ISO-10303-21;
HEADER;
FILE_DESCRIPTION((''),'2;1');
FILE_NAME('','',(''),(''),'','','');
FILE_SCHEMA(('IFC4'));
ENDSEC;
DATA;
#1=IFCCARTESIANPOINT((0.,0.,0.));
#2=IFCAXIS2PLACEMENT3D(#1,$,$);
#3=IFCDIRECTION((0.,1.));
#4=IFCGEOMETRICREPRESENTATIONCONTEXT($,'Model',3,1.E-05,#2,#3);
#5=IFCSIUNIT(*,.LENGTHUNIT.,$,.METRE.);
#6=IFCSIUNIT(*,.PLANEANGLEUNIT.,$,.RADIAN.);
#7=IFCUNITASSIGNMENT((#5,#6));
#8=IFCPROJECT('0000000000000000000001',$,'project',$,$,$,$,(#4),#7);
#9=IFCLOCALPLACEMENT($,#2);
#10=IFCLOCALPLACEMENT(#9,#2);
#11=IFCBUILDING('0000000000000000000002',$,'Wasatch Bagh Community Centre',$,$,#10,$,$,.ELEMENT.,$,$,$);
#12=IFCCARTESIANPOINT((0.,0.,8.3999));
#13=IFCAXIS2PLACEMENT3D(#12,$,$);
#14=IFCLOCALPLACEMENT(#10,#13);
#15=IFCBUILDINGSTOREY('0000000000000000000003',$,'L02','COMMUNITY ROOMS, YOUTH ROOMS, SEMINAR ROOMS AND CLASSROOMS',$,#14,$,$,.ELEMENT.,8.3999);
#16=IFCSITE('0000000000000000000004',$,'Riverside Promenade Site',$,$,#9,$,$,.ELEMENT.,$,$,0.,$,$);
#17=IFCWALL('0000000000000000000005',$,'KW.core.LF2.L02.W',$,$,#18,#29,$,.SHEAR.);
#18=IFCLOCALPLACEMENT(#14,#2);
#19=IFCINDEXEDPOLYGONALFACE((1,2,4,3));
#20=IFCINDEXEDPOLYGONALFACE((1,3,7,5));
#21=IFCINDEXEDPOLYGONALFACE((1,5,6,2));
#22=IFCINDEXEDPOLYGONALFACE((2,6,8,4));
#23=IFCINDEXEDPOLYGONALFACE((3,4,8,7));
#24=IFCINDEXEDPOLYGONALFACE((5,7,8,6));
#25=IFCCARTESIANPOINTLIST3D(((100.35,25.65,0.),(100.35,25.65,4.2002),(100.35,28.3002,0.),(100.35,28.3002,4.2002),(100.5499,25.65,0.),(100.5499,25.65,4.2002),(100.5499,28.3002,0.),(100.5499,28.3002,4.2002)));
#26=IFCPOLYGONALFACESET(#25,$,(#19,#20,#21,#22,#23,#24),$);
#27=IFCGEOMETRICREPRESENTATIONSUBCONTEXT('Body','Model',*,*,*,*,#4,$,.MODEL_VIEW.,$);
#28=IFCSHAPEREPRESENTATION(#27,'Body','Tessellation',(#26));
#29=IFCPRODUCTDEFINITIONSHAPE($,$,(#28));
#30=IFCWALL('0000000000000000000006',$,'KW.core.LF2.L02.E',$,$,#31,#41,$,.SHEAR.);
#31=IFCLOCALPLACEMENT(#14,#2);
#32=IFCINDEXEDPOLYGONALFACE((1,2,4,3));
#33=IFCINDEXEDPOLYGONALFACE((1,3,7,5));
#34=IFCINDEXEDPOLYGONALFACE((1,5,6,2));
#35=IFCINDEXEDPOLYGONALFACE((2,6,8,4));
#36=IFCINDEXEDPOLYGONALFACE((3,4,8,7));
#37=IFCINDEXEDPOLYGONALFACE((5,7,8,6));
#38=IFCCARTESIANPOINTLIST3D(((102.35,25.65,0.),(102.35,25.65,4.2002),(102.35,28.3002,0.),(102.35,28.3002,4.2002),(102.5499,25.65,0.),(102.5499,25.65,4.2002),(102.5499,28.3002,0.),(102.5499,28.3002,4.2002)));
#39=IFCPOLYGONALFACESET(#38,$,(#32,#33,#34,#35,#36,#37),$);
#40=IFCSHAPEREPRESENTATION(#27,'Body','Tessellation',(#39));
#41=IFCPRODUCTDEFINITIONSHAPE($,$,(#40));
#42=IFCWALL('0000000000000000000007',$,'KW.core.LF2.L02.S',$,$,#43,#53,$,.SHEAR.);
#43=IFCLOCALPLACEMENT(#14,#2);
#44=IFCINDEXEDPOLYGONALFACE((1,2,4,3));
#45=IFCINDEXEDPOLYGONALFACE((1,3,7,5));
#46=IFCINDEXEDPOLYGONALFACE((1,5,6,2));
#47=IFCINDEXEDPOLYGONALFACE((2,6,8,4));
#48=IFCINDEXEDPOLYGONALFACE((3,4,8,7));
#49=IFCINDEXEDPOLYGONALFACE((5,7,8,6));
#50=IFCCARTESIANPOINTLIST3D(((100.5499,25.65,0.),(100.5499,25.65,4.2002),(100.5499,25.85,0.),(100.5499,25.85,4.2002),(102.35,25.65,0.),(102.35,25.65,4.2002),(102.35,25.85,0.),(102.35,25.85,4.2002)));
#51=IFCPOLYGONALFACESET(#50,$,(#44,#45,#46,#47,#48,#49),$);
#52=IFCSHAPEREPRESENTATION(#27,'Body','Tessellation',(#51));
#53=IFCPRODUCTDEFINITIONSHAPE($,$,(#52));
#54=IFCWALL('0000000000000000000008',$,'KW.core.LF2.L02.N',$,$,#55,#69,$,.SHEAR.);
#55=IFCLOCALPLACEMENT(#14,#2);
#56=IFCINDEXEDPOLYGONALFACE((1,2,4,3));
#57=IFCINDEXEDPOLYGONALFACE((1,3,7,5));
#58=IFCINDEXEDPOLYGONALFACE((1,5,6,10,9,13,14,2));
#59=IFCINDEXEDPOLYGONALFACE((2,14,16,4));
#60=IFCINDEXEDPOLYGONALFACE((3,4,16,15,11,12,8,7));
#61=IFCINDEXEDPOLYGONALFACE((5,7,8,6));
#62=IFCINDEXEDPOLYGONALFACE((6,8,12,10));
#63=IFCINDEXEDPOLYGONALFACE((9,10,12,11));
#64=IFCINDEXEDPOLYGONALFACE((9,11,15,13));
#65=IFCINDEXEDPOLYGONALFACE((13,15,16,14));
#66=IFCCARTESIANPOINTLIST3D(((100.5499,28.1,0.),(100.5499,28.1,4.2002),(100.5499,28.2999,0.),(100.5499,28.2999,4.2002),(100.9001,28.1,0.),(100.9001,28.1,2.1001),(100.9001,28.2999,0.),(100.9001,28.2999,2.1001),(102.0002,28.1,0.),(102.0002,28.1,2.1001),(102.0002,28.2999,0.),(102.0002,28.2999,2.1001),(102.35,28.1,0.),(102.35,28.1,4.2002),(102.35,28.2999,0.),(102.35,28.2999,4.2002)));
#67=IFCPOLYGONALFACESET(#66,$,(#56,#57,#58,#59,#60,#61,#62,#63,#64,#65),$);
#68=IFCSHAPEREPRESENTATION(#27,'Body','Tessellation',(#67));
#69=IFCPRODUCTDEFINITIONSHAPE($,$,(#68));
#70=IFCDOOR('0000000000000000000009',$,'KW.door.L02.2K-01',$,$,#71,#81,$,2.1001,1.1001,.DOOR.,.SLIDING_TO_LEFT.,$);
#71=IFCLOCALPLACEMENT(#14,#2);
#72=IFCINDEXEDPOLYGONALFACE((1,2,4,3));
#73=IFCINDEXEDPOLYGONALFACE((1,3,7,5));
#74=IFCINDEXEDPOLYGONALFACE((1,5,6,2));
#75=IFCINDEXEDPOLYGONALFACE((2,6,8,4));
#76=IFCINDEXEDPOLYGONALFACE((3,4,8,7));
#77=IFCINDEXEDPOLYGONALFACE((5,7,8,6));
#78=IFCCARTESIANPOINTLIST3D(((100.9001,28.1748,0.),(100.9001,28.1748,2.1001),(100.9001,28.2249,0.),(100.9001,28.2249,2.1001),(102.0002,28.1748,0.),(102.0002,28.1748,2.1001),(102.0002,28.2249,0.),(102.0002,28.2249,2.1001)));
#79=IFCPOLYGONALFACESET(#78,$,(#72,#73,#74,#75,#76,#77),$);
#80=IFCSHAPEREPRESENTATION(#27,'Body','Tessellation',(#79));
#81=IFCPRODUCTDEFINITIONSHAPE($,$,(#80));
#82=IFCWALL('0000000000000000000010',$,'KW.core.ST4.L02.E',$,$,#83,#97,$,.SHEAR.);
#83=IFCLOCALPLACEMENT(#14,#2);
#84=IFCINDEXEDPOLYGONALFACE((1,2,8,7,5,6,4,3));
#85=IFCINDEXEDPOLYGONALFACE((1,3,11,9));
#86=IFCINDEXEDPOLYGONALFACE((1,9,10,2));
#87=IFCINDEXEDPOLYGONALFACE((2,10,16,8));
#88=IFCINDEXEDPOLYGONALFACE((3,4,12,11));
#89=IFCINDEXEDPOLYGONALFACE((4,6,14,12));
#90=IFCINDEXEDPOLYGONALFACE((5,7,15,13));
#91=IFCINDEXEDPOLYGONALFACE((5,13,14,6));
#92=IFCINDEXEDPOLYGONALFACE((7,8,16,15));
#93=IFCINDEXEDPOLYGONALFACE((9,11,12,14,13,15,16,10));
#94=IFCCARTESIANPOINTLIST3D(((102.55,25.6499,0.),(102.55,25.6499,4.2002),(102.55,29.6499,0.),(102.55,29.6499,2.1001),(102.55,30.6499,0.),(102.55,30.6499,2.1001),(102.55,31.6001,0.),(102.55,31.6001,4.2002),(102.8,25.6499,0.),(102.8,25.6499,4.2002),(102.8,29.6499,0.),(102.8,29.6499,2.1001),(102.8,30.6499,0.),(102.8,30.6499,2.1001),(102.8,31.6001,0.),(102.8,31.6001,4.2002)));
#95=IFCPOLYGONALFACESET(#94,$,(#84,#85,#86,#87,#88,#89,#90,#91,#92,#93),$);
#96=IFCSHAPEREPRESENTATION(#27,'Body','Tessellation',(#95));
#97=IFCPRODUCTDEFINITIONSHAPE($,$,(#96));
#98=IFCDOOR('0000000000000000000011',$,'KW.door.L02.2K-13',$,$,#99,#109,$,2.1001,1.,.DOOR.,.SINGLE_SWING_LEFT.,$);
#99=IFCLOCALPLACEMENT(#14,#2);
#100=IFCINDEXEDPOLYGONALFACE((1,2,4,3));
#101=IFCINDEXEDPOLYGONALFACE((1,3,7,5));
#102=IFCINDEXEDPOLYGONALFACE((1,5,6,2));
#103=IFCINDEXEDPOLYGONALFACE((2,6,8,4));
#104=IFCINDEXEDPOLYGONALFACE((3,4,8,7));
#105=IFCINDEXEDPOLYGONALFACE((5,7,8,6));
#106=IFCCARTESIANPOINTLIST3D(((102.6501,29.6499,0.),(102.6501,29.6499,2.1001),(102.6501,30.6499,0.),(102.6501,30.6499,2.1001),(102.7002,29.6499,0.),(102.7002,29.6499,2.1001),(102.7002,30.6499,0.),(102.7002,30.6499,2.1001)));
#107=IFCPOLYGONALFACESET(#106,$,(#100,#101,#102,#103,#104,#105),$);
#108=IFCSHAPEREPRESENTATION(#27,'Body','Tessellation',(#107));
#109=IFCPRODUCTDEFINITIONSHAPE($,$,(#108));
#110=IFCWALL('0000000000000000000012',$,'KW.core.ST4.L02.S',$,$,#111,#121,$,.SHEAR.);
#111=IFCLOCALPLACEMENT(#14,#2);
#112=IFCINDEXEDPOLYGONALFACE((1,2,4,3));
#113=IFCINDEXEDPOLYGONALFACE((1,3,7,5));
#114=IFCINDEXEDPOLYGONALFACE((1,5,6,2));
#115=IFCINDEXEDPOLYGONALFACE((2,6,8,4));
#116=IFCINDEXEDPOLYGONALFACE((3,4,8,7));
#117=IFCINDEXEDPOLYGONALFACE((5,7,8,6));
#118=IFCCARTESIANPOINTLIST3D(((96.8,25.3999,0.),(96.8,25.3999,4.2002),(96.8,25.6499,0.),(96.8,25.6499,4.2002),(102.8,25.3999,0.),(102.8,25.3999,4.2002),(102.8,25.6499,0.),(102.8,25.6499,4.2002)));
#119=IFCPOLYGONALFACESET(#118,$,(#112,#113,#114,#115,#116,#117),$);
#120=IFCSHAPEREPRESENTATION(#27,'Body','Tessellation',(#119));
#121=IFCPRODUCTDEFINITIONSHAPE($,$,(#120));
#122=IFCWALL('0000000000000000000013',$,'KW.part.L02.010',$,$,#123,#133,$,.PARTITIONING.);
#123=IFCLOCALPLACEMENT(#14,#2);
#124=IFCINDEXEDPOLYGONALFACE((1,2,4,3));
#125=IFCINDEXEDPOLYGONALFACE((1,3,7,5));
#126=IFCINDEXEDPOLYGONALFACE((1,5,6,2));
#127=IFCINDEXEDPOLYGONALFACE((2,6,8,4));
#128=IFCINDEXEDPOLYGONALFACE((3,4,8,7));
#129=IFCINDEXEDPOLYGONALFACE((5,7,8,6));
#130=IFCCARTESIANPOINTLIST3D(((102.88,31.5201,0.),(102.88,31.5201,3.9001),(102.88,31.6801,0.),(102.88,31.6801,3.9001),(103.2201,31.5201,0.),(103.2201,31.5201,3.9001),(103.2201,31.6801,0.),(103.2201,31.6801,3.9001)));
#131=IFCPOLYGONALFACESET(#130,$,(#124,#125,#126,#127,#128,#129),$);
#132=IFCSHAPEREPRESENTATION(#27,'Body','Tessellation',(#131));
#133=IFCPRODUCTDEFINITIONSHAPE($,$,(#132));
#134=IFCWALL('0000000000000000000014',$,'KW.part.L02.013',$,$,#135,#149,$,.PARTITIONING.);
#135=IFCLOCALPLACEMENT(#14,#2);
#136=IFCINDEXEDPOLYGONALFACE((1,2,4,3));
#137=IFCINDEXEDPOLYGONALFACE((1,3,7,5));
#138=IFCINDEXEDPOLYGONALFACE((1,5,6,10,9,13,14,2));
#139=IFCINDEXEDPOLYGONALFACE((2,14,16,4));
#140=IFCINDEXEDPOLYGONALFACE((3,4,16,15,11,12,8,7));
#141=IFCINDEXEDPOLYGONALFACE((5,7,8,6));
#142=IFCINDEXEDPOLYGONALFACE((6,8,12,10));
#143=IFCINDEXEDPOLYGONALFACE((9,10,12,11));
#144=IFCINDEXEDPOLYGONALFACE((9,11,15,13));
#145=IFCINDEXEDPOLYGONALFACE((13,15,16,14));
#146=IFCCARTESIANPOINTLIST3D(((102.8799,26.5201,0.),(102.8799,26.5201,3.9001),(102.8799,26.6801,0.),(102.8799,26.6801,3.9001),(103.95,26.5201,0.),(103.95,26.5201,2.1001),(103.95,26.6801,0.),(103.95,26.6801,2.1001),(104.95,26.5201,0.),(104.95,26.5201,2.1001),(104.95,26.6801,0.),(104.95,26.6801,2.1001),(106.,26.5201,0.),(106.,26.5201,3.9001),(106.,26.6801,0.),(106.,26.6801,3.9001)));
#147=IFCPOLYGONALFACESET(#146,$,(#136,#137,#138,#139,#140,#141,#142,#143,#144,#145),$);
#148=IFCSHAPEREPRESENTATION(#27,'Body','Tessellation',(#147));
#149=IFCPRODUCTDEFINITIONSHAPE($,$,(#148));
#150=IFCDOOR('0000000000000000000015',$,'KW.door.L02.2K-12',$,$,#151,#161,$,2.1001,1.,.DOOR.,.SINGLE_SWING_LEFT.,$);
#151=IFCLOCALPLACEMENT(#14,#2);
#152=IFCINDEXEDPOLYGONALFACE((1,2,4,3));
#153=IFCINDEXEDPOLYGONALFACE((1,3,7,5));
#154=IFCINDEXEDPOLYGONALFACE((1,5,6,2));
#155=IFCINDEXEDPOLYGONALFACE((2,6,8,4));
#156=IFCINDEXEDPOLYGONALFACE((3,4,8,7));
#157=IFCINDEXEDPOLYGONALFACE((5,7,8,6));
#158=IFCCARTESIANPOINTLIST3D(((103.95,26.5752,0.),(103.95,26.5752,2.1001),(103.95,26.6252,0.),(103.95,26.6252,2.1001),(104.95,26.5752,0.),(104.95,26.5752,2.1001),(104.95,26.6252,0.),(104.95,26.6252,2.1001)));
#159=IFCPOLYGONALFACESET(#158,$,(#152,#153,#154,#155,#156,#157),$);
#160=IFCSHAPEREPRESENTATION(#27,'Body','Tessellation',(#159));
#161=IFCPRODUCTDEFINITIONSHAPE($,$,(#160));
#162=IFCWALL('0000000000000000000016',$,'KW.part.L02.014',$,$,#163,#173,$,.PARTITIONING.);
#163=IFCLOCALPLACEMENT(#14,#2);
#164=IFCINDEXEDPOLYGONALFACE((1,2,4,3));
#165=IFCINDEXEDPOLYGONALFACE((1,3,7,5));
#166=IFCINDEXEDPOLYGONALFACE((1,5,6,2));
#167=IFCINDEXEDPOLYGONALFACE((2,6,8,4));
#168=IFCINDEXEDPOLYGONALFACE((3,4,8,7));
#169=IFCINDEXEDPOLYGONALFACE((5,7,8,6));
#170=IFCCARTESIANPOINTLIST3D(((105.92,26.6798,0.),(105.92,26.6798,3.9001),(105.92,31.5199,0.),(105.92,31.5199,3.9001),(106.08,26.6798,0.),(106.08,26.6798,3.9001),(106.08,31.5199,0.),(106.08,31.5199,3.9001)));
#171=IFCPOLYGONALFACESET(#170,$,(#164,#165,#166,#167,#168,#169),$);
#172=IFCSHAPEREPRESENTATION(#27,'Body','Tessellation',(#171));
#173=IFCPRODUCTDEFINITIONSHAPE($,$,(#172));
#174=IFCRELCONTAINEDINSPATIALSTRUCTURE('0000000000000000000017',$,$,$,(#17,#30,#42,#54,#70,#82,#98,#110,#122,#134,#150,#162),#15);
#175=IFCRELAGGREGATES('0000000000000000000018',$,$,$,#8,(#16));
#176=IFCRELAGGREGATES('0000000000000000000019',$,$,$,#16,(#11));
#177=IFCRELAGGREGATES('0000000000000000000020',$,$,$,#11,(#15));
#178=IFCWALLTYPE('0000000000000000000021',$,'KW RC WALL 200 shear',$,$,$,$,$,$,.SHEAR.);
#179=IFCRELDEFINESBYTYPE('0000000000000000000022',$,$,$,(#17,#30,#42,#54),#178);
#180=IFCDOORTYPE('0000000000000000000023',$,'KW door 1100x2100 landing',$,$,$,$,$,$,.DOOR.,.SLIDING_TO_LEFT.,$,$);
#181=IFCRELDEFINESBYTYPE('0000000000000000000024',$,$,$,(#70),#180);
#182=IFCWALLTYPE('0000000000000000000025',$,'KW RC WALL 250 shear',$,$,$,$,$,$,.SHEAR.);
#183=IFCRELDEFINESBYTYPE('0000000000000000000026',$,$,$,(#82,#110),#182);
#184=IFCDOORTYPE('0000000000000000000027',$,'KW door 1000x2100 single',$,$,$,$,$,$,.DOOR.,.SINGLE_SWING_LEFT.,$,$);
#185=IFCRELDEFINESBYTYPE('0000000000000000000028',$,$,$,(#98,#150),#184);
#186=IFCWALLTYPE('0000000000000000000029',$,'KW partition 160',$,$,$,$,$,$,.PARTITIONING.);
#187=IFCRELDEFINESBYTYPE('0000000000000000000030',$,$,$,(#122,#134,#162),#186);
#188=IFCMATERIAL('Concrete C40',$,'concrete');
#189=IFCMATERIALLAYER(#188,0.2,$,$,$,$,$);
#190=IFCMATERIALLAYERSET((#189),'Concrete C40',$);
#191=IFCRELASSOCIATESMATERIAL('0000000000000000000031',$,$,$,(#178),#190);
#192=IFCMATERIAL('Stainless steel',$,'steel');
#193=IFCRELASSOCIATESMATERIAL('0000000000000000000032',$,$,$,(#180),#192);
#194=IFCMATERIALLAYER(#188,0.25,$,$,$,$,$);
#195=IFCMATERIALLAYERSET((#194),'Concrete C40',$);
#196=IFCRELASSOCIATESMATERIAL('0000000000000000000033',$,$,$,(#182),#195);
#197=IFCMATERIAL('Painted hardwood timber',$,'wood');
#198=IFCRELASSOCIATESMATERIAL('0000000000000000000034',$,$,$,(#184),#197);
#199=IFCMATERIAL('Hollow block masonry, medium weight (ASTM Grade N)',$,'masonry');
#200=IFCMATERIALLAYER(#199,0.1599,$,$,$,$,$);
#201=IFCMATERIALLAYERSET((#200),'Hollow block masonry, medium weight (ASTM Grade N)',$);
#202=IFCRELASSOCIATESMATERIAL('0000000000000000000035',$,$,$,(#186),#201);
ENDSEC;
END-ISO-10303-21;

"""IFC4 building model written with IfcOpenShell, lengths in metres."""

from ifc_helpers import new_model, si_unit, direction, frame, frame_2d, origin, place, context, subcontext, project, spatial, rectangle, extrude, material, layer, layer_set, type_object, element, fill, save


model = new_model("IFC4")

# Units and contexts
model_context = context("Model", 3, precision=1e-05, world=origin(), true_north=direction((0.0, 1.0)))
body_context = subcontext(model_context, "Body", "Model", "MODEL_VIEW")
ifc_project = project(units=[si_unit("LENGTHUNIT", "METRE"), si_unit("PLANEANGLEUNIT", "RADIAN")], contexts=[model_context])

# Site, building, storey
site_placement = place(None, origin())
site = spatial("IfcSite", under=ifc_project, at=site_placement, Name="Riverside Promenade Site", CompositionType="ELEMENT", RefElevation=0.0)
building_placement = place(site_placement, origin())
building = spatial("IfcBuilding", under=site, at=building_placement, Name="Wasatch Bagh Community Centre", CompositionType="ELEMENT")
storey_placement = place(building_placement, frame((0.0, 0.0, 8.3999)))
storey = spatial("IfcBuildingStorey", under=building, at=storey_placement, Name="L02", Description="COMMUNITY ROOMS, YOUTH ROOMS, SEMINAR ROOMS AND CLASSROOMS", CompositionType="ELEMENT", Elevation=8.3999)

# Walls
ifc_material_1 = material(Name="Concrete C40", Category="concrete")
ifc_layer_1 = layer(ifc_material_1, 0.2)
ifc_layer_set_1 = layer_set([ifc_layer_1], Name="Concrete C40")
wall_type_1 = type_object("IfcWallType", Name="KW RC WALL 200 shear", PredefinedType="SHEAR", material=ifc_layer_set_1)
for number, where, z_axis, x_axis, name in (
    (1, (100.45, 25.6499, 0.0), (0.0, 0.0, 1.0), (0.0, 1.0, 0.0), "KW.core.LF2.L02.W"),
    (2, (102.45, 25.6499, 0.0), (0.0, 0.0, 1.0), (0.0, 1.0, 0.0), "KW.core.LF2.L02.E"),
):
    element("IfcWall", number, at=place(storey_placement, frame(where, z_axis=z_axis, x_axis=x_axis)), inside=storey, type_object=wall_type_1, Name=name, PredefinedType="SHEAR", context=body_context, shape_type="SweptSolid", body=[
        extrude(rectangle(XDim=2.6501, YDim=0.2, at=frame_2d((1.3252, 0.0))), origin(), (0.0, 0.0, 1.0), 4.2002),
    ])
wall_1_placement = place(storey_placement, frame((100.55, 25.75, 0.0), z_axis=(0.0, 0.0, 1.0), x_axis=(1.0, 0.0, 0.0)))
element("IfcWall", 3, at=wall_1_placement, inside=storey, type_object=wall_type_1, Name="KW.core.LF2.L02.S", PredefinedType="SHEAR", context=body_context, shape_type="SweptSolid", body=[
    extrude(rectangle(XDim=1.8, YDim=0.2, at=frame_2d((0.8999, 0.0))), origin(), (0.0, 0.0, 1.0), 4.2002),
])

# Walls, openings, doors
wall_2_placement = place(storey_placement, frame((100.55, 28.2, 0.0), z_axis=(0.0, 0.0, 1.0), x_axis=(1.0, 0.0, 0.0)))
wall_2 = element("IfcWall", 4, at=wall_2_placement, inside=storey, type_object=wall_type_1, Name="KW.core.LF2.L02.N", PredefinedType="SHEAR", context=body_context, shape_type="SweptSolid", body=[
    extrude(rectangle(XDim=1.8, YDim=0.2, at=frame_2d((0.8999, 0.0))), origin(), (0.0, 0.0, 1.0), 4.2002),
])
opening_1_placement = place(wall_2_placement, frame((0.3501, 0.0, 0.0)))
opening_1 = element("IfcOpeningElement", 5, at=opening_1_placement, cuts=wall_2, PredefinedType="OPENING", context=body_context, shape_type="SweptSolid", body=[
    extrude(rectangle(XDim=1.1001, YDim=2.1001, at=frame_2d((0.55, 1.05))), frame((0.0, 0.1099, 0.0), z_axis=(0.0, -1.0, 0.0), x_axis=(1.0, 0.0, 0.0)), (0.0, 0.0, 1.0), 0.22),
])
ifc_material_2 = material(Name="Stainless steel", Category="steel")
door_type_1 = type_object("IfcDoorType", Name="KW door 1100x2100 landing", OperationType="SLIDING_TO_LEFT", PredefinedType="DOOR", material=ifc_material_2)
door_1_placement = place(opening_1_placement, origin())
door_1 = element("IfcDoor", 6, at=door_1_placement, inside=storey, type_object=door_type_1, Name="KW.door.L02.2K-01", OperationType="SLIDING_TO_LEFT", OverallHeight=2.1001, OverallWidth=1.1001, PredefinedType="DOOR", context=body_context, shape_type="SweptSolid", body=[
    extrude(rectangle(XDim=1.1001, YDim=2.1001, at=frame_2d((0.55, 1.05))), frame((0.0, 0.0249, 0.0), z_axis=(0.0, -1.0, 0.0), x_axis=(1.0, 0.0, 0.0)), (0.0, 0.0, 1.0), 0.05),
])
fill(opening_1, door_1)
ifc_layer_2 = layer(ifc_material_1, 0.25)
ifc_layer_set_2 = layer_set([ifc_layer_2], Name="Concrete C40")
wall_type_2 = type_object("IfcWallType", Name="KW RC WALL 250 shear", PredefinedType="SHEAR", material=ifc_layer_set_2)
wall_3_placement = place(storey_placement, frame((102.675, 25.6499, 0.0), z_axis=(0.0, 0.0, 1.0), x_axis=(0.0, 1.0, 0.0)))
wall_3 = element("IfcWall", 7, at=wall_3_placement, inside=storey, type_object=wall_type_2, Name="KW.core.ST4.L02.E", PredefinedType="SHEAR", context=body_context, shape_type="SweptSolid", body=[
    extrude(rectangle(XDim=5.9502, YDim=0.25, at=frame_2d((2.9751, 0.0))), origin(), (0.0, 0.0, 1.0), 4.2002),
])
opening_2_placement = place(wall_3_placement, frame((4.0, 0.0, 0.0)))
opening_2 = element("IfcOpeningElement", 8, at=opening_2_placement, cuts=wall_3, PredefinedType="OPENING", context=body_context, shape_type="SweptSolid", body=[
    extrude(rectangle(XDim=1.0, YDim=2.1001, at=frame_2d((0.5, 1.05))), frame((0.0, 0.135, 0.0), z_axis=(0.0, -1.0, 0.0), x_axis=(1.0, 0.0, 0.0)), (0.0, 0.0, 1.0), 0.27),
])
ifc_material_3 = material(Name="Painted hardwood timber", Category="wood")
door_type_2 = type_object("IfcDoorType", Name="KW door 1000x2100 single", OperationType="SINGLE_SWING_LEFT", PredefinedType="DOOR", material=ifc_material_3)
door_2_placement = place(opening_2_placement, origin())
door_2 = element("IfcDoor", 9, at=door_2_placement, inside=storey, type_object=door_type_2, Name="KW.door.L02.2K-13", OperationType="SINGLE_SWING_LEFT", OverallHeight=2.1001, OverallWidth=1.0, PredefinedType="DOOR", context=body_context, shape_type="SweptSolid", body=[
    extrude(rectangle(XDim=1.0, YDim=2.1001, at=frame_2d((0.5, 1.05))), frame((0.0, 0.0249, 0.0), z_axis=(0.0, -1.0, 0.0), x_axis=(1.0, 0.0, 0.0)), (0.0, 0.0, 1.0), 0.05),
])
fill(opening_2, door_2)

# Walls
wall_4_placement = place(storey_placement, frame((96.8, 25.5249, 0.0), z_axis=(0.0, 0.0, 1.0), x_axis=(1.0, 0.0, 0.0)))
element("IfcWall", 10, at=wall_4_placement, inside=storey, type_object=wall_type_2, Name="KW.core.ST4.L02.S", PredefinedType="SHEAR", context=body_context, shape_type="SweptSolid", body=[
    extrude(rectangle(XDim=6.0, YDim=0.25, at=frame_2d((3.0, 0.0))), origin(), (0.0, 0.0, 1.0), 4.2002),
])
ifc_material_4 = material(Name="Hollow block masonry, medium weight (ASTM Grade N)", Category="masonry")
ifc_layer_3 = layer(ifc_material_4, 0.1599)
ifc_layer_set_3 = layer_set([ifc_layer_3], Name="Hollow block masonry, medium weight (ASTM Grade N)")
wall_type_3 = type_object("IfcWallType", Name="KW partition 160", PredefinedType="PARTITIONING", material=ifc_layer_set_3)
wall_5_placement = place(storey_placement, frame((103.22, 31.6001, 0.0), z_axis=(0.0, 0.0, 1.0), x_axis=(-1.0, 0.0, 0.0)))
element("IfcWall", 11, at=wall_5_placement, inside=storey, type_object=wall_type_3, Name="KW.part.L02.010", PredefinedType="PARTITIONING", context=body_context, shape_type="SweptSolid", body=[
    extrude(rectangle(XDim=0.3401, YDim=0.1599, at=frame_2d((0.1699, 0.0))), origin(), (0.0, 0.0, 1.0), 3.9001),
])

# Wall, opening, door
wall_6_placement = place(storey_placement, frame((106.0, 26.6001, 0.0), z_axis=(0.0, 0.0, 1.0), x_axis=(-1.0, 0.0, 0.0)))
wall_6 = element("IfcWall", 12, at=wall_6_placement, inside=storey, type_object=wall_type_3, Name="KW.part.L02.013", PredefinedType="PARTITIONING", context=body_context, shape_type="SweptSolid", body=[
    extrude(rectangle(XDim=3.1201, YDim=0.1599, at=frame_2d((1.5601, 0.0))), origin(), (0.0, 0.0, 1.0), 3.9001),
])
opening_3_placement = place(wall_6_placement, frame((1.05, 0.0, 0.0)))
opening_3 = element("IfcOpeningElement", 13, at=opening_3_placement, cuts=wall_6, PredefinedType="OPENING", context=body_context, shape_type="SweptSolid", body=[
    extrude(rectangle(XDim=1.0, YDim=2.1001, at=frame_2d((0.5, 1.05))), frame((0.0, 0.0898, 0.0), z_axis=(0.0, -1.0, 0.0), x_axis=(1.0, 0.0, 0.0)), (0.0, 0.0, 1.0), 0.1799),
])
door_3_placement = place(opening_3_placement, origin())
door_3 = element("IfcDoor", 14, at=door_3_placement, inside=storey, type_object=door_type_2, Name="KW.door.L02.2K-12", OperationType="SINGLE_SWING_LEFT", OverallHeight=2.1001, OverallWidth=1.0, PredefinedType="DOOR", context=body_context, shape_type="SweptSolid", body=[
    extrude(rectangle(XDim=1.0, YDim=2.1001, at=frame_2d((0.5, 1.05))), frame((0.0, 0.0249, 0.0), z_axis=(0.0, -1.0, 0.0), x_axis=(1.0, 0.0, 0.0)), (0.0, 0.0, 1.0), 0.05),
])
fill(opening_3, door_3)

# Wall
wall_7_placement = place(storey_placement, frame((106.0, 26.6799, 0.0), z_axis=(0.0, 0.0, 1.0), x_axis=(0.0, 1.0, 0.0)))
element("IfcWall", 15, at=wall_7_placement, inside=storey, type_object=wall_type_3, Name="KW.part.L02.014", PredefinedType="PARTITIONING", context=body_context, shape_type="SweptSolid", body=[
    extrude(rectangle(XDim=4.8401, YDim=0.1599, at=frame_2d((2.4199, 0.0))), origin(), (0.0, 0.0, 1.0), 3.9001),
])

save(model, "model.ifc")
